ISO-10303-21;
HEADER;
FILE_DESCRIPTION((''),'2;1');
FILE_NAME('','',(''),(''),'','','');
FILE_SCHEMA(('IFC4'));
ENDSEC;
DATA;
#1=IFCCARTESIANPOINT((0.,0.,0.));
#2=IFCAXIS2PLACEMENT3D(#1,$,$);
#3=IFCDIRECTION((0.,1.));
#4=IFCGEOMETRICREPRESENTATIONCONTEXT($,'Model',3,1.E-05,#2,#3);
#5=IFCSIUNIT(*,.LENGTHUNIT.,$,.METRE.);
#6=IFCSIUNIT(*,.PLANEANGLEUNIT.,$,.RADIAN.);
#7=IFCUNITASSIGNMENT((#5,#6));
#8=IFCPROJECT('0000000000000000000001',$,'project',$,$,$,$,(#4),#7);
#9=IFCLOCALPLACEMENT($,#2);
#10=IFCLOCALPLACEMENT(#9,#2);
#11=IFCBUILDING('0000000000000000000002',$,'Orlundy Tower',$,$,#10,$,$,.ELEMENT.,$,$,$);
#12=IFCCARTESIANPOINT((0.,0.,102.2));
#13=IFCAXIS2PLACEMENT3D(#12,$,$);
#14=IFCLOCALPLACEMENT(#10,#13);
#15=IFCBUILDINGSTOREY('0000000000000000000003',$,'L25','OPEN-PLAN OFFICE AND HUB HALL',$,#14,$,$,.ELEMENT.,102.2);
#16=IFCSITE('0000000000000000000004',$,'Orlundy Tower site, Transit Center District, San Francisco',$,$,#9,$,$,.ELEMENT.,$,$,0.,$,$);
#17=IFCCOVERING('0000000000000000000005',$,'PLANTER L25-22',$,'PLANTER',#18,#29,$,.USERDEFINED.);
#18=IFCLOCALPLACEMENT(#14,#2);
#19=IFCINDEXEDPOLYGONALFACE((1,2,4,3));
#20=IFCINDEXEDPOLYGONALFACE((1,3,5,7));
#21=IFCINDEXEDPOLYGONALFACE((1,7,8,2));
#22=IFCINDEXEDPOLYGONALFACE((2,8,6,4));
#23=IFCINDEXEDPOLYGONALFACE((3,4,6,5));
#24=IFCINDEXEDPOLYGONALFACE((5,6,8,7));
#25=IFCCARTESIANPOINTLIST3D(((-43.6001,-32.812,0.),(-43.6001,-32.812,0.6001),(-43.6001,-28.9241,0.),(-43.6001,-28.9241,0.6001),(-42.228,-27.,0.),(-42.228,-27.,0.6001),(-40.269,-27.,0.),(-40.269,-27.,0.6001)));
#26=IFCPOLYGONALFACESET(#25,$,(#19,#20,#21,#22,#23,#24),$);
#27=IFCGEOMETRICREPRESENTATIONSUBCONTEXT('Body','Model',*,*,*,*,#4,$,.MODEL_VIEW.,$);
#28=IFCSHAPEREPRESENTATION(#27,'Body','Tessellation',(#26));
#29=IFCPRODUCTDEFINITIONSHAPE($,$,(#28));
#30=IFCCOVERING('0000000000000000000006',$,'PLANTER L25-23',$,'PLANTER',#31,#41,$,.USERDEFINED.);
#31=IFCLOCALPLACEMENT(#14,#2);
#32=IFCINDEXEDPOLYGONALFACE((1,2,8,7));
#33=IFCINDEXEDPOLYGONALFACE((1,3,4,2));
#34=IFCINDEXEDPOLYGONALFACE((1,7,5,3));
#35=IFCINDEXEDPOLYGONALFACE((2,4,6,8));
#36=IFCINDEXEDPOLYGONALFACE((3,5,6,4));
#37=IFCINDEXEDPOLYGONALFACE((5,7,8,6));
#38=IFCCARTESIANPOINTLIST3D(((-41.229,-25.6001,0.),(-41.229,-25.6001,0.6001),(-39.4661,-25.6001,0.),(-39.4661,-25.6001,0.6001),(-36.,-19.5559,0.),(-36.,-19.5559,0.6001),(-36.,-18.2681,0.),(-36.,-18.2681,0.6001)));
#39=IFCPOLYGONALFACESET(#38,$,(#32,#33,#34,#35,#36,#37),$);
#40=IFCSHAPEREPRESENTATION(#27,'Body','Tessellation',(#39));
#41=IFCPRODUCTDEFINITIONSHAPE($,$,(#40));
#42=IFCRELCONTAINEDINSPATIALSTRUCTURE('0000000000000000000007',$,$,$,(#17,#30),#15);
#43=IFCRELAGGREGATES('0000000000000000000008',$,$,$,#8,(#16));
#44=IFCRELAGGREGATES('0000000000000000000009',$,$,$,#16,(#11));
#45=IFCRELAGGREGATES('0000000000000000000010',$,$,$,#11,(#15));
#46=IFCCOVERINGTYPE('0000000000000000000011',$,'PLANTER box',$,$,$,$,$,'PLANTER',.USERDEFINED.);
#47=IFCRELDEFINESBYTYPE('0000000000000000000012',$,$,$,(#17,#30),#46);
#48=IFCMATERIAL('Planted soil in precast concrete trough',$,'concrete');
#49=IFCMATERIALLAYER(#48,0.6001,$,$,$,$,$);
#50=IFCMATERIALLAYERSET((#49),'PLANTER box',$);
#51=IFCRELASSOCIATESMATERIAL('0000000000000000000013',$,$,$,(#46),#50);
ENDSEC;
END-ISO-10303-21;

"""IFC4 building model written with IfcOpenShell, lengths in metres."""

from ifc_helpers import new_model, si_unit, direction, frame, origin, place, context, subcontext, project, spatial, polyline, outline, extrude, material, layer, layer_set, type_object, element, save


model = new_model("IFC4")

# Units and contexts
model_context = context("Model", 3, precision=1e-05, world=origin(), true_north=direction((0.0, 1.0)))
body_context = subcontext(model_context, "Body", "Model", "MODEL_VIEW")
ifc_project = project(units=[si_unit("LENGTHUNIT", "METRE"), si_unit("PLANEANGLEUNIT", "RADIAN")], contexts=[model_context])

# Site, building, storey
site_placement = place(None, origin())
site = spatial("IfcSite", under=ifc_project, at=site_placement, Name="Orlundy Tower site, Transit Center District, San Francisco", CompositionType="ELEMENT", RefElevation=0.0)
building_placement = place(site_placement, origin())
building = spatial("IfcBuilding", under=site, at=building_placement, Name="Orlundy Tower", CompositionType="ELEMENT")
storey_placement = place(building_placement, frame((0.0, 0.0, 102.2)))
storey = spatial("IfcBuildingStorey", under=building, at=storey_placement, Name="L25", Description="OPEN-PLAN OFFICE AND HUB HALL", CompositionType="ELEMENT", Elevation=102.2)

# Coverings
ifc_material_1 = material(Name="Planted soil in precast concrete trough", Category="concrete")
ifc_layer_1 = layer(ifc_material_1, 0.6001)
ifc_layer_set_1 = layer_set([ifc_layer_1], Name="PLANTER box")
covering_type = type_object("IfcCoveringType", Name="PLANTER box", ElementType="PLANTER", PredefinedType="USERDEFINED", material=ifc_layer_set_1)
covering_1_placement = place(storey_placement, origin())
element("IfcCovering", 1, at=covering_1_placement, inside=storey, type_object=covering_type, Name="PLANTER L25-22", ObjectType="PLANTER", PredefinedType="USERDEFINED", context=body_context, shape_type="SweptSolid", body=[
    extrude(outline(polyline([(-42.228, -27.0), (-40.269, -27.0), (-43.6001, -32.812), (-43.6001, -28.9241), (-42.228, -27.0)])), origin(), (0.0, 0.0, 1.0), 0.6001),
])
covering_2_placement = place(storey_placement, origin())
element("IfcCovering", 2, at=covering_2_placement, inside=storey, type_object=covering_type, Name="PLANTER L25-23", ObjectType="PLANTER", PredefinedType="USERDEFINED", context=body_context, shape_type="SweptSolid", body=[
    extrude(outline(polyline([(-36.0, -18.2681), (-36.0, -19.5559), (-39.4661, -25.6001), (-41.229, -25.6001), (-36.0, -18.2681)])), origin(), (0.0, 0.0, 1.0), 0.6001),
])

save(model, "model.ifc")
